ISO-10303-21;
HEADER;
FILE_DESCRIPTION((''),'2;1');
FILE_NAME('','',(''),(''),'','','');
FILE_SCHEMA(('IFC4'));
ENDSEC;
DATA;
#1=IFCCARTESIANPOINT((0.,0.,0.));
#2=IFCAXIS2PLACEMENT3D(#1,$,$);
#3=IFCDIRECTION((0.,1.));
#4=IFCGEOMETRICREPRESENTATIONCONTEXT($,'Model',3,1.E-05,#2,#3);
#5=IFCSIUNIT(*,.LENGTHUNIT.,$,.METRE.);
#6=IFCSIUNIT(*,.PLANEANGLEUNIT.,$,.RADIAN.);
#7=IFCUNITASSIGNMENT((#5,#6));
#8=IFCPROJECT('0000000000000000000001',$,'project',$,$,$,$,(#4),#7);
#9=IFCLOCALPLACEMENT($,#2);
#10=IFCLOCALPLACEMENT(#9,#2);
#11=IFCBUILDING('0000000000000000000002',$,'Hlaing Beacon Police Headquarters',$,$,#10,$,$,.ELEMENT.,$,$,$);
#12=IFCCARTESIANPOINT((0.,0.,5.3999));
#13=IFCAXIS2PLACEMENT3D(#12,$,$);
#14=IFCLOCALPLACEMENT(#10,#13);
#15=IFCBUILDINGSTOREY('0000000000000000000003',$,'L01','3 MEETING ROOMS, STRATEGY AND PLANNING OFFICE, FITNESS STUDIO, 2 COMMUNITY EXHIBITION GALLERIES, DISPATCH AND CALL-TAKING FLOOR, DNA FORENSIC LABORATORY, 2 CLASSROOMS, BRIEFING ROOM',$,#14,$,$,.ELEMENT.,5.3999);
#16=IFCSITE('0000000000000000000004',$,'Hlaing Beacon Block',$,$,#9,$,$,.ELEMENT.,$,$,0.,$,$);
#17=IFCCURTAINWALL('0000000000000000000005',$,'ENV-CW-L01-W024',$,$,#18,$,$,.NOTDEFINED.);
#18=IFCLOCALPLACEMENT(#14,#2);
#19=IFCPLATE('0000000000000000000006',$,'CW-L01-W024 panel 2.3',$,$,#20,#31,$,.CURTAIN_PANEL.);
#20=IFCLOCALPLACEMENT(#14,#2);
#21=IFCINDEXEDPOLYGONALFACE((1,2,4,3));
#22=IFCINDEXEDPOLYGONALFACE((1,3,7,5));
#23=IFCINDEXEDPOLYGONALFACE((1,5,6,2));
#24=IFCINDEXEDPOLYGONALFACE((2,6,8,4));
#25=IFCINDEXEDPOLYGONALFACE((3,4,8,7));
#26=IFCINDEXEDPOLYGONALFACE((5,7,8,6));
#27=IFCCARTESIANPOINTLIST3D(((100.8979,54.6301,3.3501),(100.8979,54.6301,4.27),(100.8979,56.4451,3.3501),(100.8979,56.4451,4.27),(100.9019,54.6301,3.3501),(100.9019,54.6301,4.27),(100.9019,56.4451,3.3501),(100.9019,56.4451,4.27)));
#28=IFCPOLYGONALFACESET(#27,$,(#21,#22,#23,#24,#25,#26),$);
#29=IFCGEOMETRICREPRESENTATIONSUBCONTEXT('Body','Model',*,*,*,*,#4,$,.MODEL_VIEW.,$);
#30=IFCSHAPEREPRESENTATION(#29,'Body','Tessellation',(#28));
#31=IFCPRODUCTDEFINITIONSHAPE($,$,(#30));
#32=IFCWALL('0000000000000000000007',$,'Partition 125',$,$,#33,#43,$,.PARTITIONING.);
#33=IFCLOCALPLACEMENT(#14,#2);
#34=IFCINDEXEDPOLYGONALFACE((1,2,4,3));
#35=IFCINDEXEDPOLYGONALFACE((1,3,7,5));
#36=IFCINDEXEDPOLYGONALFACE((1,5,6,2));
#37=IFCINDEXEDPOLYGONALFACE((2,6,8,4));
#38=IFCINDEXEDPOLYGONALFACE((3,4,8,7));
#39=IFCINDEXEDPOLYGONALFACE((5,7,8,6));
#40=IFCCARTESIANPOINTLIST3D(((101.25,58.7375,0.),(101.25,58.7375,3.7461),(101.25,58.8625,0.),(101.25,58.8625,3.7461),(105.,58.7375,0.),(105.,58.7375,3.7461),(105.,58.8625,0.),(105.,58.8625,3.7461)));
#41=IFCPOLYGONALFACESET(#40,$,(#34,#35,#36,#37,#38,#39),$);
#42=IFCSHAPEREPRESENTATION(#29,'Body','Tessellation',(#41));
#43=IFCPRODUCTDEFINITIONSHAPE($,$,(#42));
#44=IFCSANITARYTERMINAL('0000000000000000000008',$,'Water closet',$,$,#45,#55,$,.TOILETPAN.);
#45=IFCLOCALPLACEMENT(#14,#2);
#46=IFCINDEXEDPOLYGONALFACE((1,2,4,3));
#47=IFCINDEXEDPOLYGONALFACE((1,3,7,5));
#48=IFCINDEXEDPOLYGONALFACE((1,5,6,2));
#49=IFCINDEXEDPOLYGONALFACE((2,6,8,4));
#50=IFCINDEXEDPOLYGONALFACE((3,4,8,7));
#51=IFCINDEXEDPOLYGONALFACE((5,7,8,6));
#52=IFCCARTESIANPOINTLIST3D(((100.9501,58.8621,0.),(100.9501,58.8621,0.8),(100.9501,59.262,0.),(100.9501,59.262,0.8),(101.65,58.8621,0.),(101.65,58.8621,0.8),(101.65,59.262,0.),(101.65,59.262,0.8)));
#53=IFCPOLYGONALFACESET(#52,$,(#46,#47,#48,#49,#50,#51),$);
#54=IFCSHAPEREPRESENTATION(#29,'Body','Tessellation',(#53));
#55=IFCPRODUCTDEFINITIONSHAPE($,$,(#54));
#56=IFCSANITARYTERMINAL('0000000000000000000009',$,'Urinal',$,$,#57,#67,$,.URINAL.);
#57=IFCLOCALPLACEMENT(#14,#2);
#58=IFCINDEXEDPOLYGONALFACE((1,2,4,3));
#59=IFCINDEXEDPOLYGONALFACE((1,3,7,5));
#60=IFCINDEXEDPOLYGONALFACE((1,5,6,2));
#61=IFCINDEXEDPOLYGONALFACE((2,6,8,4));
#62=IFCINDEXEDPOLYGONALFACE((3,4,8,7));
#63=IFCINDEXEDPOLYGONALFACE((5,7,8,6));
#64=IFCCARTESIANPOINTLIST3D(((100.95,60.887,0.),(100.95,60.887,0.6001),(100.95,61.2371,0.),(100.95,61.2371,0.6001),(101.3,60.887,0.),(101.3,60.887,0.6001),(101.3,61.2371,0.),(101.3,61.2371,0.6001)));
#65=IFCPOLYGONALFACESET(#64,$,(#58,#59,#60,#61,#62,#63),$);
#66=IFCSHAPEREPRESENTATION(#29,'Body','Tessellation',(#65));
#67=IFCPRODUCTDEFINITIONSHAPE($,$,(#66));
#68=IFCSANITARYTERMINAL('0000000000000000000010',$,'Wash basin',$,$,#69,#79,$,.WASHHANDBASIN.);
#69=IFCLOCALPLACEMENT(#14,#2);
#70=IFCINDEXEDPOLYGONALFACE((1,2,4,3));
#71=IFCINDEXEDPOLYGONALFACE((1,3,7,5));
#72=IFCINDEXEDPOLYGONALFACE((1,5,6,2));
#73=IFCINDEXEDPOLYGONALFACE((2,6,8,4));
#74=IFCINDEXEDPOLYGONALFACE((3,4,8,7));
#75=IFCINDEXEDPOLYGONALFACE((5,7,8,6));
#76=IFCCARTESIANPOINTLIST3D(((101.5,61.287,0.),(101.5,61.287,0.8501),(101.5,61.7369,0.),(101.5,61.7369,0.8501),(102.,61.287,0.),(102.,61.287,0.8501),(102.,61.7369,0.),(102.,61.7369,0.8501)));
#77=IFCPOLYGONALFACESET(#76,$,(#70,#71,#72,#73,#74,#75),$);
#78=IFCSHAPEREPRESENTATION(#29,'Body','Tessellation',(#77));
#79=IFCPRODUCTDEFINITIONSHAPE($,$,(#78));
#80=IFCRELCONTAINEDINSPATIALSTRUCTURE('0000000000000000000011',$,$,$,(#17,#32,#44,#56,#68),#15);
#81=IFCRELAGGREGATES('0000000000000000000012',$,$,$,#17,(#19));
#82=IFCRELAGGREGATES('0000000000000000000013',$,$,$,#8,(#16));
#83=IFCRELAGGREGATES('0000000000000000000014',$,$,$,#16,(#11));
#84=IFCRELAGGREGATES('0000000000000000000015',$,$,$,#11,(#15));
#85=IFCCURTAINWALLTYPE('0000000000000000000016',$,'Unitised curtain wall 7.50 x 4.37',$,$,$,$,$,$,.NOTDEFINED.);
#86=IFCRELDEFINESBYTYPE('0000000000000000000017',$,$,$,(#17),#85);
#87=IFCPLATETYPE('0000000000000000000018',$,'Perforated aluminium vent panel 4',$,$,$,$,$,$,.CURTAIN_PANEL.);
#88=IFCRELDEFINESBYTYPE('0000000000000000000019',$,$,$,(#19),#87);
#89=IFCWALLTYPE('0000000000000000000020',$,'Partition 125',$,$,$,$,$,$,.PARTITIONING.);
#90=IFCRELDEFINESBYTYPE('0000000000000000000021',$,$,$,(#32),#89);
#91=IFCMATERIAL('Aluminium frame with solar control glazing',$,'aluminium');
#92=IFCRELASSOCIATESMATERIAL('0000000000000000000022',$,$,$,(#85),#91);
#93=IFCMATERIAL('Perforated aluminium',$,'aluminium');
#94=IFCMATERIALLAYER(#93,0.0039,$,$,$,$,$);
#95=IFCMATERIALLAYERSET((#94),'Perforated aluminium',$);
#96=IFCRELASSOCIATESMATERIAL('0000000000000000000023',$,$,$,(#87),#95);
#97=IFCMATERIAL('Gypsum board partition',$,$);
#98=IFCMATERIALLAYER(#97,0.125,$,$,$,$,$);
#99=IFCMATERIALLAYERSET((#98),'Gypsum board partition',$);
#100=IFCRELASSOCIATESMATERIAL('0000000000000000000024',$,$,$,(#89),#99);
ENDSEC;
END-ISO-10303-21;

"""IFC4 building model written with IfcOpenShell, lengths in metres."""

from ifc_helpers import new_model, si_unit, direction, frame, frame_2d, origin, origin_2d, place, context, subcontext, project, spatial, rectangle, extrude, material, layer, layer_set, type_object, element, aggregate, save


model = new_model("IFC4")

# Units and contexts
model_context = context("Model", 3, precision=1e-05, world=origin(), true_north=direction((0.0, 1.0)))
body_context = subcontext(model_context, "Body", "Model", "MODEL_VIEW")
ifc_project = project(units=[si_unit("LENGTHUNIT", "METRE"), si_unit("PLANEANGLEUNIT", "RADIAN")], contexts=[model_context])

# Site, building, storey
site_placement = place(None, origin())
site = spatial("IfcSite", under=ifc_project, at=site_placement, Name="Hlaing Beacon Block", CompositionType="ELEMENT", RefElevation=0.0)
building_placement = place(site_placement, origin())
building = spatial("IfcBuilding", under=site, at=building_placement, Name="Hlaing Beacon Police Headquarters", CompositionType="ELEMENT")
storey_placement = place(building_placement, frame((0.0, 0.0, 5.3999)))
storey = spatial("IfcBuildingStorey", under=building, at=storey_placement, Name="L01", Description="3 MEETING ROOMS, STRATEGY AND PLANNING OFFICE, FITNESS STUDIO, 2 COMMUNITY EXHIBITION GALLERIES, DISPATCH AND CALL-TAKING FLOOR, DNA FORENSIC LABORATORY, 2 CLASSROOMS, BRIEFING ROOM", CompositionType="ELEMENT", Elevation=5.3999)

# Curtain wall
ifc_material_1 = material(Name="Aluminium frame with solar control glazing", Category="aluminium")
curtain_wall_type = type_object("IfcCurtainWallType", Name="Unitised curtain wall 7.50 x 4.37", PredefinedType="NOTDEFINED", material=ifc_material_1)
curtain_wall_1_placement = place(storey_placement, origin())
curtain_wall_1 = element("IfcCurtainWall", 1, at=curtain_wall_1_placement, inside=storey, type_object=curtain_wall_type, Name="ENV-CW-L01-W024", PredefinedType="NOTDEFINED")

# Plate
ifc_material_2 = material(Name="Perforated aluminium", Category="aluminium")
ifc_layer_1 = layer(ifc_material_2, 0.0039)
ifc_layer_set_1 = layer_set([ifc_layer_1], Name="Perforated aluminium")
plate_type_1 = type_object("IfcPlateType", Name="Perforated aluminium vent panel 4", PredefinedType="CURTAIN_PANEL", material=ifc_layer_set_1)
plate_1_placement = place(storey_placement, frame((100.8999, 55.5376, 3.3501), z_axis=(0.0, 0.0, 1.0), x_axis=(0.0, -1.0, 0.0)))
plate_1 = element("IfcPlate", 2, at=plate_1_placement, type_object=plate_type_1, Name="CW-L01-W024 panel 2.3", PredefinedType="CURTAIN_PANEL", context=body_context, shape_type="SweptSolid", body=[
    extrude(rectangle(XDim=1.8149, YDim=0.0039, at=origin_2d()), origin(), (0.0, 0.0, 1.0), 0.9199),
])
aggregate(curtain_wall_1, [plate_1])

# Wall
ifc_material_3 = material(Name="Gypsum board partition")
ifc_layer_2 = layer(ifc_material_3, 0.125)
ifc_layer_set_2 = layer_set([ifc_layer_2], Name="Gypsum board partition")
wall_type = type_object("IfcWallType", Name="Partition 125", PredefinedType="PARTITIONING", material=ifc_layer_set_2)
wall_placement = place(storey_placement, frame((101.25, 58.8, 0.0), z_axis=(0.0, 0.0, 1.0), x_axis=(1.0, 0.0, 0.0)))
element("IfcWall", 3, at=wall_placement, inside=storey, type_object=wall_type, Name="Partition 125", PredefinedType="PARTITIONING", context=body_context, shape_type="SweptSolid", body=[
    extrude(rectangle(XDim=3.75, YDim=0.125, at=frame_2d((1.875, 0.0))), origin(), (0.0, 0.0, 1.0), 3.7461),
])

# Sanitary terminals
sanitary_terminal_1_placement = place(storey_placement, frame((101.3, 59.062, 0.0), z_axis=(0.0, 0.0, 1.0), x_axis=(1.0, 0.0, 0.0)))
element("IfcSanitaryTerminal", 4, at=sanitary_terminal_1_placement, inside=storey, Name="Water closet", PredefinedType="TOILETPAN", context=body_context, shape_type="SweptSolid", body=[
    extrude(rectangle(XDim=0.7, YDim=0.3999, at=origin_2d()), origin(), (0.0, 0.0, 1.0), 0.8),
])
sanitary_terminal_2_placement = place(storey_placement, frame((101.125, 61.062, 0.0), z_axis=(0.0, 0.0, 1.0), x_axis=(1.0, 0.0, 0.0)))
element("IfcSanitaryTerminal", 5, at=sanitary_terminal_2_placement, inside=storey, Name="Urinal", PredefinedType="URINAL", context=body_context, shape_type="SweptSolid", body=[
    extrude(rectangle(XDim=0.3501, YDim=0.3501, at=origin_2d()), origin(), (0.0, 0.0, 1.0), 0.6001),
])
sanitary_terminal_3_placement = place(storey_placement, frame((101.75, 61.512, 0.0), z_axis=(0.0, 0.0, 1.0), x_axis=(1.0, 0.0, 0.0)))
element("IfcSanitaryTerminal", 6, at=sanitary_terminal_3_placement, inside=storey, Name="Wash basin", PredefinedType="WASHHANDBASIN", context=body_context, shape_type="SweptSolid", body=[
    extrude(rectangle(XDim=0.5, YDim=0.45, at=origin_2d()), origin(), (0.0, 0.0, 1.0), 0.8501),
])

save(model, "model.ifc")
